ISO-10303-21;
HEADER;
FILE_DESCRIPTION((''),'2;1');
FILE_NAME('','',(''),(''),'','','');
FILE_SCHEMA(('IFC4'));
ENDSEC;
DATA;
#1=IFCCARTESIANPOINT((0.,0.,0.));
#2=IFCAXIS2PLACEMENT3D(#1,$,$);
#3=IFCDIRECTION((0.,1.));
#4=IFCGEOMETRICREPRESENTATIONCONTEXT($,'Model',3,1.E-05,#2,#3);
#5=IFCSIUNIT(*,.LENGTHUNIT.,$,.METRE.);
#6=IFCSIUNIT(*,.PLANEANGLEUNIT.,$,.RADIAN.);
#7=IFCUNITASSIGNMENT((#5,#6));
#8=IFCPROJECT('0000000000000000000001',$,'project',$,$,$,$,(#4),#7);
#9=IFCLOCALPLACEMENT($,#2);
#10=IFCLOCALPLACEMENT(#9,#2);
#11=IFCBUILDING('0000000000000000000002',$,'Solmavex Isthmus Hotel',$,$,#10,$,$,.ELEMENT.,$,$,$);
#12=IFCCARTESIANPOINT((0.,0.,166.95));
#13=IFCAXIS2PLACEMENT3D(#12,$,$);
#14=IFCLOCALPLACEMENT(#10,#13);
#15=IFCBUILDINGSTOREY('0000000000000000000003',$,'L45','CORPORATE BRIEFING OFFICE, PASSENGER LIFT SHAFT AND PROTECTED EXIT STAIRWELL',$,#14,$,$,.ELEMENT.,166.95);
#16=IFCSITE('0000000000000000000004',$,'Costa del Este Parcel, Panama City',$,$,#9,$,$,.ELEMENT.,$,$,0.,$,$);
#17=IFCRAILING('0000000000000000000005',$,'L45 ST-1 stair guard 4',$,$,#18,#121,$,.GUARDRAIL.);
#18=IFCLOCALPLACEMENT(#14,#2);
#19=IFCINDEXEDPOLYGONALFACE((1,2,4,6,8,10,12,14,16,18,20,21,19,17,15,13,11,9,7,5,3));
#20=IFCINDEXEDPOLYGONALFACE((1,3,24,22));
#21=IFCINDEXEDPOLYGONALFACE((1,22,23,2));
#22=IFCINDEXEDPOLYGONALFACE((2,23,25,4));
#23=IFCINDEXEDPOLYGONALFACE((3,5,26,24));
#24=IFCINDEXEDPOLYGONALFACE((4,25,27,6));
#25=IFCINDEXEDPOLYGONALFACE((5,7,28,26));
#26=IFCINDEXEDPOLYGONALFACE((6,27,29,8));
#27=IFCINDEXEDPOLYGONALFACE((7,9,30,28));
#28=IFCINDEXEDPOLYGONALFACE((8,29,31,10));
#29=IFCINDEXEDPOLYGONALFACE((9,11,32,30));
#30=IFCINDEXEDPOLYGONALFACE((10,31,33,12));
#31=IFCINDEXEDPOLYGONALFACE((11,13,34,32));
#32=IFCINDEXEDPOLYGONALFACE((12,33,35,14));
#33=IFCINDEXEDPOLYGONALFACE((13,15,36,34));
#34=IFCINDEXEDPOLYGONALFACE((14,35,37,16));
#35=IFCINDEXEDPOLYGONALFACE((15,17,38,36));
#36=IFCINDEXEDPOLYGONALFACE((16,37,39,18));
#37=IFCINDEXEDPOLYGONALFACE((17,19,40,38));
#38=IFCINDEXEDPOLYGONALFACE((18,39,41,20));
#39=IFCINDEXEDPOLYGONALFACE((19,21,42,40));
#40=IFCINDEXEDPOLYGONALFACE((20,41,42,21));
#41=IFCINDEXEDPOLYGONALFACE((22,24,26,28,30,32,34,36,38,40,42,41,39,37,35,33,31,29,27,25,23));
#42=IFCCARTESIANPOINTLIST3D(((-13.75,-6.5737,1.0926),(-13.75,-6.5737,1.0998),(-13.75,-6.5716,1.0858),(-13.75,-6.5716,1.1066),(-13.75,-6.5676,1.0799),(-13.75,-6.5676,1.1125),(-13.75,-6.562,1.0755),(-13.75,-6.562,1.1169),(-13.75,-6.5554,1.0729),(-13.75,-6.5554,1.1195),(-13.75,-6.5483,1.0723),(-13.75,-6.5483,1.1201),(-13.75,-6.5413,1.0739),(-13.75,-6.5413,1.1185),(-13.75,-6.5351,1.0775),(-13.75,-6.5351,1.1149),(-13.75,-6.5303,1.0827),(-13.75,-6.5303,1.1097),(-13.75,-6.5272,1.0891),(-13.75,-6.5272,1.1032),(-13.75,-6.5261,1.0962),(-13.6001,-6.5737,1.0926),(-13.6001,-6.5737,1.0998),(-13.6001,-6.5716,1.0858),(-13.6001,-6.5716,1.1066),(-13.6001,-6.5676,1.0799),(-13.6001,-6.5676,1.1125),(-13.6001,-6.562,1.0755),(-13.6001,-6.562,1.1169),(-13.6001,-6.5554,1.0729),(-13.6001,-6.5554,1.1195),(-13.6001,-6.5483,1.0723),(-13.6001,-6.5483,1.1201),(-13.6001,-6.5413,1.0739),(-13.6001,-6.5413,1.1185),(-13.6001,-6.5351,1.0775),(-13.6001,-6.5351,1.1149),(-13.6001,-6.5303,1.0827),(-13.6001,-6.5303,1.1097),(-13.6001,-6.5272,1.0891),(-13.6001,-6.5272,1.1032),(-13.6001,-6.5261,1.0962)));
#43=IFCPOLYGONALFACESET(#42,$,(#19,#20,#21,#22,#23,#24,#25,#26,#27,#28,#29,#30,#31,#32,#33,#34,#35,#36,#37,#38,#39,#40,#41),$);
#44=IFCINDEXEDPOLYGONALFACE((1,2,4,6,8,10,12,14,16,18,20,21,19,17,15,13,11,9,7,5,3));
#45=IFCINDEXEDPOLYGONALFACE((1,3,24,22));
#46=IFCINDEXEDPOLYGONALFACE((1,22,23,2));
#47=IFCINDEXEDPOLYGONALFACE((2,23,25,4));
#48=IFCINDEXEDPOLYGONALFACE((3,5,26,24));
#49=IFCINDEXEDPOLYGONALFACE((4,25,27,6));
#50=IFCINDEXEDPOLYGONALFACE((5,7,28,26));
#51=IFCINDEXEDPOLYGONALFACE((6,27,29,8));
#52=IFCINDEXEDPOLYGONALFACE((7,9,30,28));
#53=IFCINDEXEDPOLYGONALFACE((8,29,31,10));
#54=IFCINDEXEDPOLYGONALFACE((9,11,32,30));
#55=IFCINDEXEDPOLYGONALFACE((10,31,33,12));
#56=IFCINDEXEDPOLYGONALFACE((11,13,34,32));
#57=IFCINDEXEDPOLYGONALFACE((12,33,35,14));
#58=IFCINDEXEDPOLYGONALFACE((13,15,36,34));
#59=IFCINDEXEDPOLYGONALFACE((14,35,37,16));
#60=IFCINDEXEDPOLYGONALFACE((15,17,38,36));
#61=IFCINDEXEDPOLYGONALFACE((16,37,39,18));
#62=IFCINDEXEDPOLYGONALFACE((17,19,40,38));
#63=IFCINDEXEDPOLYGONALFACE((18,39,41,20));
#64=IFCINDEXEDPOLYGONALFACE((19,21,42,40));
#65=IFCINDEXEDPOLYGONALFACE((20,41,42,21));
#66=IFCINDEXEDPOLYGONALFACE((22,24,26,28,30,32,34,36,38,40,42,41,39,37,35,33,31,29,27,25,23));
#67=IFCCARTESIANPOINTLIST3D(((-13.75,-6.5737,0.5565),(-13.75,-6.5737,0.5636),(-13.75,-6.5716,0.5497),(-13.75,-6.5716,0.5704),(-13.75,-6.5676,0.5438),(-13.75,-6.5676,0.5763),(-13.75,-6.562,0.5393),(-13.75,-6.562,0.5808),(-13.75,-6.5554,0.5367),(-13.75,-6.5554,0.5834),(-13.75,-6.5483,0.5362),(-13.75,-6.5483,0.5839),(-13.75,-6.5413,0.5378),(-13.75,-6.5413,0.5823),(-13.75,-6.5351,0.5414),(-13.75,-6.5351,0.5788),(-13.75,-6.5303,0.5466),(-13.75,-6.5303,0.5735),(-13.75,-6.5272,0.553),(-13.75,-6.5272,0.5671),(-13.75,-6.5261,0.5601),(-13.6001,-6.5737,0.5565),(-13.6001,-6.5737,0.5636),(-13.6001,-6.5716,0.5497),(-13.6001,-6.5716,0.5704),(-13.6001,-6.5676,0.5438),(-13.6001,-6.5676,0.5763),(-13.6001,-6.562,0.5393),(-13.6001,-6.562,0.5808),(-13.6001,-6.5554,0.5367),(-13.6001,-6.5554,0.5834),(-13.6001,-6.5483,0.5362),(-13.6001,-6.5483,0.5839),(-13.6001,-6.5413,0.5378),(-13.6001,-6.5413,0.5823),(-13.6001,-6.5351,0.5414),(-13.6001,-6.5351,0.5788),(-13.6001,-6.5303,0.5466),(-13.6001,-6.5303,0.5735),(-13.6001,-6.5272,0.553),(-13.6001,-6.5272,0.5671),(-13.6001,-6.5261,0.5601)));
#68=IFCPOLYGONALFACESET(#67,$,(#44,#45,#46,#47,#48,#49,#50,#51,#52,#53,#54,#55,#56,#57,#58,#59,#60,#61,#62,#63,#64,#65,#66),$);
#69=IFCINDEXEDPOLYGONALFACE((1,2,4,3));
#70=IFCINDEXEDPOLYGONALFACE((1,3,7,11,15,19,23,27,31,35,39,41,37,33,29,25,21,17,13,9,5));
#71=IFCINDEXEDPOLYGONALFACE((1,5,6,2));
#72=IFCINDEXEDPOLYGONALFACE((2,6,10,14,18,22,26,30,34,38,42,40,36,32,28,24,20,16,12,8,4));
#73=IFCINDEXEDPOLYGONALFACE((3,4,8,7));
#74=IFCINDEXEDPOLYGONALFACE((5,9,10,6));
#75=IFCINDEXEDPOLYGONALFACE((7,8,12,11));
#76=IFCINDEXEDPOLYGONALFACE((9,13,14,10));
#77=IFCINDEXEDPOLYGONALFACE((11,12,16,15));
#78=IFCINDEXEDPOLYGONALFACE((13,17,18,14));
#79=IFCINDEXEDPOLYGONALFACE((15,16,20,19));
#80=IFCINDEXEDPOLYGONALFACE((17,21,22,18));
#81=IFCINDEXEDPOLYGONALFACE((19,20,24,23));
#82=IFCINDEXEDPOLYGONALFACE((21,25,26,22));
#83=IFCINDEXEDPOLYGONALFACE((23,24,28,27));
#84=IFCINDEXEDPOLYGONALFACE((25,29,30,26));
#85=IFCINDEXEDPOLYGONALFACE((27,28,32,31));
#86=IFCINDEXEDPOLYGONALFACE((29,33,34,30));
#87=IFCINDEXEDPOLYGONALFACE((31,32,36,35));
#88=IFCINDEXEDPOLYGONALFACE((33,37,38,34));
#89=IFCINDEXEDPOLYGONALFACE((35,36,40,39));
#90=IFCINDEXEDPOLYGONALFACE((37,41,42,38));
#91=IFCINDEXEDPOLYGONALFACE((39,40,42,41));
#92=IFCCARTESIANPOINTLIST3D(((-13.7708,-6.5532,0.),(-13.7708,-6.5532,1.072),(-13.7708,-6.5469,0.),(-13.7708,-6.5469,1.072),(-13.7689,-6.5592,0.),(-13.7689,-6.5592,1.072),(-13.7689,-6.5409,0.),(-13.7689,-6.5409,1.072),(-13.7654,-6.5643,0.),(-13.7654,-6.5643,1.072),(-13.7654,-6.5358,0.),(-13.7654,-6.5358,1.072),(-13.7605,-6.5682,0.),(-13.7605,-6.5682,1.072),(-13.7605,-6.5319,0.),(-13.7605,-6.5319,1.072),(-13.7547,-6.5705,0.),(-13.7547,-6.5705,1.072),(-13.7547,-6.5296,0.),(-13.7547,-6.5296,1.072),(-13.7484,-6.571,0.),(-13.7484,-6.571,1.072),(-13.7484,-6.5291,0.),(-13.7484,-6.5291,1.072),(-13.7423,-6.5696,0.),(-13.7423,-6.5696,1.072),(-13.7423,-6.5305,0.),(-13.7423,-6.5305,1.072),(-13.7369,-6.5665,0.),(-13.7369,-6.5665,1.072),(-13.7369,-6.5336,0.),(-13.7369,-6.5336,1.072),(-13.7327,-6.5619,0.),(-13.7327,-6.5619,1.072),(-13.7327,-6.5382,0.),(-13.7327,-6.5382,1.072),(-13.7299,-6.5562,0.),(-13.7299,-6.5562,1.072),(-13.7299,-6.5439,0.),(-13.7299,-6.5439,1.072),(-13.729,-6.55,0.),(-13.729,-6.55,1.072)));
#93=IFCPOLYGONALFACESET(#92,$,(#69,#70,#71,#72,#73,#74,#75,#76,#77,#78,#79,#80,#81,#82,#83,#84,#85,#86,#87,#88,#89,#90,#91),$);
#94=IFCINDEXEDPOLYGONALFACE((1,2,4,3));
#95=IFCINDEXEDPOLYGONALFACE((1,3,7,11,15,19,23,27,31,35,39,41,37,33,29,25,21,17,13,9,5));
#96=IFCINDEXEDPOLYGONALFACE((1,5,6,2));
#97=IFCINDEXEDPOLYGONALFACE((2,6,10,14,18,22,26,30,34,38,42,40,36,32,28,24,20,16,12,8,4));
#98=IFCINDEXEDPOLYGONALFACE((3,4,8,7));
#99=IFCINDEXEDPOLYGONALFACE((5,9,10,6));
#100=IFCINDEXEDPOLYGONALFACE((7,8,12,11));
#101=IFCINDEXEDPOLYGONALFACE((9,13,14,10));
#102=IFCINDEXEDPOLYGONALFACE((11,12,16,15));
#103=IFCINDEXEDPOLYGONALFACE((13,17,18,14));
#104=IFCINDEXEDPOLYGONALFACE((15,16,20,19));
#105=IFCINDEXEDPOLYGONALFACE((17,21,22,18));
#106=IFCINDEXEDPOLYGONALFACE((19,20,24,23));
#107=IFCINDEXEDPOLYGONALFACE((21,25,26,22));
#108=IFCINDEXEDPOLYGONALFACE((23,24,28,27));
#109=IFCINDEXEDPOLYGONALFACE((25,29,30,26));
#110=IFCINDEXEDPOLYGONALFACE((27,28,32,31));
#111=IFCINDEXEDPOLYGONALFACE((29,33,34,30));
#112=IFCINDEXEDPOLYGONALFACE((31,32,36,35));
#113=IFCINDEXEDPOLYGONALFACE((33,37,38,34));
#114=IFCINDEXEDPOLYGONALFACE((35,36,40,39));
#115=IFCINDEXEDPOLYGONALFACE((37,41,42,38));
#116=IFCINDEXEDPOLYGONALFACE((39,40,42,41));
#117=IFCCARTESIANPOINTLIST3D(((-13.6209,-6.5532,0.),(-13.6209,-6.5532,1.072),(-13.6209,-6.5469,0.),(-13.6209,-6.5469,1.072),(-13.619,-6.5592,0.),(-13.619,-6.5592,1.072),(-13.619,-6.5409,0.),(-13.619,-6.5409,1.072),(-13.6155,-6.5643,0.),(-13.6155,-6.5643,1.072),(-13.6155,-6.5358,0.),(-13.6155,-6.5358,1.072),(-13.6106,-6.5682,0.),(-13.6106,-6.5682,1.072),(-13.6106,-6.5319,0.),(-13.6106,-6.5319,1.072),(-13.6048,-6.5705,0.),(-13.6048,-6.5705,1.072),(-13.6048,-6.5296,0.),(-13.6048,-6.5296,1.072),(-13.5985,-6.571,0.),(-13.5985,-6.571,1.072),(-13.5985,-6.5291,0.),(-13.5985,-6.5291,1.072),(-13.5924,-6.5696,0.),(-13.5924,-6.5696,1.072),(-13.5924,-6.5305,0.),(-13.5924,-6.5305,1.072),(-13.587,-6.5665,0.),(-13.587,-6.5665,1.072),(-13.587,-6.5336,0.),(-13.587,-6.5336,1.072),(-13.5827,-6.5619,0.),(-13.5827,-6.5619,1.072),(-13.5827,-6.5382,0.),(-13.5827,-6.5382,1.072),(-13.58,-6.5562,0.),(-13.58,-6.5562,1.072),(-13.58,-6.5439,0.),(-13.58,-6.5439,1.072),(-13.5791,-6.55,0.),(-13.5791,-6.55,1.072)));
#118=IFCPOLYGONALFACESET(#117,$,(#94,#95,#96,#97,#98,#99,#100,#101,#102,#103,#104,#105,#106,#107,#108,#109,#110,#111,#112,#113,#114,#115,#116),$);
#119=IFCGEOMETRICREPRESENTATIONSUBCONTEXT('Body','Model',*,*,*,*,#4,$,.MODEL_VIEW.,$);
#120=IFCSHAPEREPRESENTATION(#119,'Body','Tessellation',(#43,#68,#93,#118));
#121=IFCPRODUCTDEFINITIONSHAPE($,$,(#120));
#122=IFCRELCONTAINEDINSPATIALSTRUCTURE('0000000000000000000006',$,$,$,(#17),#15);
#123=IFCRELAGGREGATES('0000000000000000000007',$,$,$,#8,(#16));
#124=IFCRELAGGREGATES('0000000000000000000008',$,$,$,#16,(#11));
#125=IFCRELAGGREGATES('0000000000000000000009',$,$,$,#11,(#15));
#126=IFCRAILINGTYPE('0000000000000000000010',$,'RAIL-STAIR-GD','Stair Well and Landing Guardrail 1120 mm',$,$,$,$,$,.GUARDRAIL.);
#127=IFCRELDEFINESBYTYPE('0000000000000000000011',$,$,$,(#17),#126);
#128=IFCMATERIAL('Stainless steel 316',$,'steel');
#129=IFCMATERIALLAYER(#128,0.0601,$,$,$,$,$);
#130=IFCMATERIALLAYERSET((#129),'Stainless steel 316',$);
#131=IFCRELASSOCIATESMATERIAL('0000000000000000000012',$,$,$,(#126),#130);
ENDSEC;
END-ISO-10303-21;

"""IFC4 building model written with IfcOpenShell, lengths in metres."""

from ifc_helpers import new_model, si_unit, direction, frame, origin, origin_2d, place, context, subcontext, project, spatial, circle, extrude, material, layer, layer_set, type_object, element, save


model = new_model("IFC4")

# Units and contexts
model_context = context("Model", 3, precision=1e-05, world=origin(), true_north=direction((0.0, 1.0)))
body_context = subcontext(model_context, "Body", "Model", "MODEL_VIEW")
ifc_project = project(units=[si_unit("LENGTHUNIT", "METRE"), si_unit("PLANEANGLEUNIT", "RADIAN")], contexts=[model_context])

# Site, building, storey
site_placement = place(None, origin())
site = spatial("IfcSite", under=ifc_project, at=site_placement, Name="Costa del Este Parcel, Panama City", CompositionType="ELEMENT", RefElevation=0.0)
building_placement = place(site_placement, origin())
building = spatial("IfcBuilding", under=site, at=building_placement, Name="Solmavex Isthmus Hotel", CompositionType="ELEMENT")
storey_placement = place(building_placement, frame((0.0, 0.0, 166.95)))
storey = spatial("IfcBuildingStorey", under=building, at=storey_placement, Name="L45", Description="CORPORATE BRIEFING OFFICE, PASSENGER LIFT SHAFT AND PROTECTED EXIT STAIRWELL", CompositionType="ELEMENT", Elevation=166.95)

# Railing
ifc_material_1 = material(Name="Stainless steel 316", Category="steel")
ifc_layer_1 = layer(ifc_material_1, 0.0601)
ifc_layer_set_1 = layer_set([ifc_layer_1], Name="Stainless steel 316")
railing_type_1 = type_object("IfcRailingType", Name="RAIL-STAIR-GD", Description="Stair Well and Landing Guardrail 1120 mm", PredefinedType="GUARDRAIL", material=ifc_layer_set_1)
railing_1_placement = place(storey_placement, frame((-13.75, -6.55, 0.0)))
element("IfcRailing", 1, at=railing_1_placement, inside=storey, type_object=railing_type_1, Name="L45 ST-1 stair guard 4", PredefinedType="GUARDRAIL", context=body_context, shape_type="SweptSolid", body=[
    extrude(circle(Radius=0.0239, at=origin_2d()), frame((0.0, 0.0, 1.0962), z_axis=(1.0, 0.0, 0.0), x_axis=(0.0, 1.0, 0.0)), (0.0, 0.0, 1.0), 0.1499),
    extrude(circle(Radius=0.0239, at=origin_2d()), frame((0.0, 0.0, 0.5601), z_axis=(1.0, 0.0, 0.0), x_axis=(0.0, 1.0, 0.0)), (0.0, 0.0, 1.0), 0.1499),
    extrude(circle(Radius=0.021, at=origin_2d()), origin(), (0.0, 0.0, 1.0), 1.072),
    extrude(circle(Radius=0.021, at=origin_2d()), frame((0.1499, 0.0, 0.0)), (0.0, 0.0, 1.0), 1.072),
])

save(model, "model.ifc")
